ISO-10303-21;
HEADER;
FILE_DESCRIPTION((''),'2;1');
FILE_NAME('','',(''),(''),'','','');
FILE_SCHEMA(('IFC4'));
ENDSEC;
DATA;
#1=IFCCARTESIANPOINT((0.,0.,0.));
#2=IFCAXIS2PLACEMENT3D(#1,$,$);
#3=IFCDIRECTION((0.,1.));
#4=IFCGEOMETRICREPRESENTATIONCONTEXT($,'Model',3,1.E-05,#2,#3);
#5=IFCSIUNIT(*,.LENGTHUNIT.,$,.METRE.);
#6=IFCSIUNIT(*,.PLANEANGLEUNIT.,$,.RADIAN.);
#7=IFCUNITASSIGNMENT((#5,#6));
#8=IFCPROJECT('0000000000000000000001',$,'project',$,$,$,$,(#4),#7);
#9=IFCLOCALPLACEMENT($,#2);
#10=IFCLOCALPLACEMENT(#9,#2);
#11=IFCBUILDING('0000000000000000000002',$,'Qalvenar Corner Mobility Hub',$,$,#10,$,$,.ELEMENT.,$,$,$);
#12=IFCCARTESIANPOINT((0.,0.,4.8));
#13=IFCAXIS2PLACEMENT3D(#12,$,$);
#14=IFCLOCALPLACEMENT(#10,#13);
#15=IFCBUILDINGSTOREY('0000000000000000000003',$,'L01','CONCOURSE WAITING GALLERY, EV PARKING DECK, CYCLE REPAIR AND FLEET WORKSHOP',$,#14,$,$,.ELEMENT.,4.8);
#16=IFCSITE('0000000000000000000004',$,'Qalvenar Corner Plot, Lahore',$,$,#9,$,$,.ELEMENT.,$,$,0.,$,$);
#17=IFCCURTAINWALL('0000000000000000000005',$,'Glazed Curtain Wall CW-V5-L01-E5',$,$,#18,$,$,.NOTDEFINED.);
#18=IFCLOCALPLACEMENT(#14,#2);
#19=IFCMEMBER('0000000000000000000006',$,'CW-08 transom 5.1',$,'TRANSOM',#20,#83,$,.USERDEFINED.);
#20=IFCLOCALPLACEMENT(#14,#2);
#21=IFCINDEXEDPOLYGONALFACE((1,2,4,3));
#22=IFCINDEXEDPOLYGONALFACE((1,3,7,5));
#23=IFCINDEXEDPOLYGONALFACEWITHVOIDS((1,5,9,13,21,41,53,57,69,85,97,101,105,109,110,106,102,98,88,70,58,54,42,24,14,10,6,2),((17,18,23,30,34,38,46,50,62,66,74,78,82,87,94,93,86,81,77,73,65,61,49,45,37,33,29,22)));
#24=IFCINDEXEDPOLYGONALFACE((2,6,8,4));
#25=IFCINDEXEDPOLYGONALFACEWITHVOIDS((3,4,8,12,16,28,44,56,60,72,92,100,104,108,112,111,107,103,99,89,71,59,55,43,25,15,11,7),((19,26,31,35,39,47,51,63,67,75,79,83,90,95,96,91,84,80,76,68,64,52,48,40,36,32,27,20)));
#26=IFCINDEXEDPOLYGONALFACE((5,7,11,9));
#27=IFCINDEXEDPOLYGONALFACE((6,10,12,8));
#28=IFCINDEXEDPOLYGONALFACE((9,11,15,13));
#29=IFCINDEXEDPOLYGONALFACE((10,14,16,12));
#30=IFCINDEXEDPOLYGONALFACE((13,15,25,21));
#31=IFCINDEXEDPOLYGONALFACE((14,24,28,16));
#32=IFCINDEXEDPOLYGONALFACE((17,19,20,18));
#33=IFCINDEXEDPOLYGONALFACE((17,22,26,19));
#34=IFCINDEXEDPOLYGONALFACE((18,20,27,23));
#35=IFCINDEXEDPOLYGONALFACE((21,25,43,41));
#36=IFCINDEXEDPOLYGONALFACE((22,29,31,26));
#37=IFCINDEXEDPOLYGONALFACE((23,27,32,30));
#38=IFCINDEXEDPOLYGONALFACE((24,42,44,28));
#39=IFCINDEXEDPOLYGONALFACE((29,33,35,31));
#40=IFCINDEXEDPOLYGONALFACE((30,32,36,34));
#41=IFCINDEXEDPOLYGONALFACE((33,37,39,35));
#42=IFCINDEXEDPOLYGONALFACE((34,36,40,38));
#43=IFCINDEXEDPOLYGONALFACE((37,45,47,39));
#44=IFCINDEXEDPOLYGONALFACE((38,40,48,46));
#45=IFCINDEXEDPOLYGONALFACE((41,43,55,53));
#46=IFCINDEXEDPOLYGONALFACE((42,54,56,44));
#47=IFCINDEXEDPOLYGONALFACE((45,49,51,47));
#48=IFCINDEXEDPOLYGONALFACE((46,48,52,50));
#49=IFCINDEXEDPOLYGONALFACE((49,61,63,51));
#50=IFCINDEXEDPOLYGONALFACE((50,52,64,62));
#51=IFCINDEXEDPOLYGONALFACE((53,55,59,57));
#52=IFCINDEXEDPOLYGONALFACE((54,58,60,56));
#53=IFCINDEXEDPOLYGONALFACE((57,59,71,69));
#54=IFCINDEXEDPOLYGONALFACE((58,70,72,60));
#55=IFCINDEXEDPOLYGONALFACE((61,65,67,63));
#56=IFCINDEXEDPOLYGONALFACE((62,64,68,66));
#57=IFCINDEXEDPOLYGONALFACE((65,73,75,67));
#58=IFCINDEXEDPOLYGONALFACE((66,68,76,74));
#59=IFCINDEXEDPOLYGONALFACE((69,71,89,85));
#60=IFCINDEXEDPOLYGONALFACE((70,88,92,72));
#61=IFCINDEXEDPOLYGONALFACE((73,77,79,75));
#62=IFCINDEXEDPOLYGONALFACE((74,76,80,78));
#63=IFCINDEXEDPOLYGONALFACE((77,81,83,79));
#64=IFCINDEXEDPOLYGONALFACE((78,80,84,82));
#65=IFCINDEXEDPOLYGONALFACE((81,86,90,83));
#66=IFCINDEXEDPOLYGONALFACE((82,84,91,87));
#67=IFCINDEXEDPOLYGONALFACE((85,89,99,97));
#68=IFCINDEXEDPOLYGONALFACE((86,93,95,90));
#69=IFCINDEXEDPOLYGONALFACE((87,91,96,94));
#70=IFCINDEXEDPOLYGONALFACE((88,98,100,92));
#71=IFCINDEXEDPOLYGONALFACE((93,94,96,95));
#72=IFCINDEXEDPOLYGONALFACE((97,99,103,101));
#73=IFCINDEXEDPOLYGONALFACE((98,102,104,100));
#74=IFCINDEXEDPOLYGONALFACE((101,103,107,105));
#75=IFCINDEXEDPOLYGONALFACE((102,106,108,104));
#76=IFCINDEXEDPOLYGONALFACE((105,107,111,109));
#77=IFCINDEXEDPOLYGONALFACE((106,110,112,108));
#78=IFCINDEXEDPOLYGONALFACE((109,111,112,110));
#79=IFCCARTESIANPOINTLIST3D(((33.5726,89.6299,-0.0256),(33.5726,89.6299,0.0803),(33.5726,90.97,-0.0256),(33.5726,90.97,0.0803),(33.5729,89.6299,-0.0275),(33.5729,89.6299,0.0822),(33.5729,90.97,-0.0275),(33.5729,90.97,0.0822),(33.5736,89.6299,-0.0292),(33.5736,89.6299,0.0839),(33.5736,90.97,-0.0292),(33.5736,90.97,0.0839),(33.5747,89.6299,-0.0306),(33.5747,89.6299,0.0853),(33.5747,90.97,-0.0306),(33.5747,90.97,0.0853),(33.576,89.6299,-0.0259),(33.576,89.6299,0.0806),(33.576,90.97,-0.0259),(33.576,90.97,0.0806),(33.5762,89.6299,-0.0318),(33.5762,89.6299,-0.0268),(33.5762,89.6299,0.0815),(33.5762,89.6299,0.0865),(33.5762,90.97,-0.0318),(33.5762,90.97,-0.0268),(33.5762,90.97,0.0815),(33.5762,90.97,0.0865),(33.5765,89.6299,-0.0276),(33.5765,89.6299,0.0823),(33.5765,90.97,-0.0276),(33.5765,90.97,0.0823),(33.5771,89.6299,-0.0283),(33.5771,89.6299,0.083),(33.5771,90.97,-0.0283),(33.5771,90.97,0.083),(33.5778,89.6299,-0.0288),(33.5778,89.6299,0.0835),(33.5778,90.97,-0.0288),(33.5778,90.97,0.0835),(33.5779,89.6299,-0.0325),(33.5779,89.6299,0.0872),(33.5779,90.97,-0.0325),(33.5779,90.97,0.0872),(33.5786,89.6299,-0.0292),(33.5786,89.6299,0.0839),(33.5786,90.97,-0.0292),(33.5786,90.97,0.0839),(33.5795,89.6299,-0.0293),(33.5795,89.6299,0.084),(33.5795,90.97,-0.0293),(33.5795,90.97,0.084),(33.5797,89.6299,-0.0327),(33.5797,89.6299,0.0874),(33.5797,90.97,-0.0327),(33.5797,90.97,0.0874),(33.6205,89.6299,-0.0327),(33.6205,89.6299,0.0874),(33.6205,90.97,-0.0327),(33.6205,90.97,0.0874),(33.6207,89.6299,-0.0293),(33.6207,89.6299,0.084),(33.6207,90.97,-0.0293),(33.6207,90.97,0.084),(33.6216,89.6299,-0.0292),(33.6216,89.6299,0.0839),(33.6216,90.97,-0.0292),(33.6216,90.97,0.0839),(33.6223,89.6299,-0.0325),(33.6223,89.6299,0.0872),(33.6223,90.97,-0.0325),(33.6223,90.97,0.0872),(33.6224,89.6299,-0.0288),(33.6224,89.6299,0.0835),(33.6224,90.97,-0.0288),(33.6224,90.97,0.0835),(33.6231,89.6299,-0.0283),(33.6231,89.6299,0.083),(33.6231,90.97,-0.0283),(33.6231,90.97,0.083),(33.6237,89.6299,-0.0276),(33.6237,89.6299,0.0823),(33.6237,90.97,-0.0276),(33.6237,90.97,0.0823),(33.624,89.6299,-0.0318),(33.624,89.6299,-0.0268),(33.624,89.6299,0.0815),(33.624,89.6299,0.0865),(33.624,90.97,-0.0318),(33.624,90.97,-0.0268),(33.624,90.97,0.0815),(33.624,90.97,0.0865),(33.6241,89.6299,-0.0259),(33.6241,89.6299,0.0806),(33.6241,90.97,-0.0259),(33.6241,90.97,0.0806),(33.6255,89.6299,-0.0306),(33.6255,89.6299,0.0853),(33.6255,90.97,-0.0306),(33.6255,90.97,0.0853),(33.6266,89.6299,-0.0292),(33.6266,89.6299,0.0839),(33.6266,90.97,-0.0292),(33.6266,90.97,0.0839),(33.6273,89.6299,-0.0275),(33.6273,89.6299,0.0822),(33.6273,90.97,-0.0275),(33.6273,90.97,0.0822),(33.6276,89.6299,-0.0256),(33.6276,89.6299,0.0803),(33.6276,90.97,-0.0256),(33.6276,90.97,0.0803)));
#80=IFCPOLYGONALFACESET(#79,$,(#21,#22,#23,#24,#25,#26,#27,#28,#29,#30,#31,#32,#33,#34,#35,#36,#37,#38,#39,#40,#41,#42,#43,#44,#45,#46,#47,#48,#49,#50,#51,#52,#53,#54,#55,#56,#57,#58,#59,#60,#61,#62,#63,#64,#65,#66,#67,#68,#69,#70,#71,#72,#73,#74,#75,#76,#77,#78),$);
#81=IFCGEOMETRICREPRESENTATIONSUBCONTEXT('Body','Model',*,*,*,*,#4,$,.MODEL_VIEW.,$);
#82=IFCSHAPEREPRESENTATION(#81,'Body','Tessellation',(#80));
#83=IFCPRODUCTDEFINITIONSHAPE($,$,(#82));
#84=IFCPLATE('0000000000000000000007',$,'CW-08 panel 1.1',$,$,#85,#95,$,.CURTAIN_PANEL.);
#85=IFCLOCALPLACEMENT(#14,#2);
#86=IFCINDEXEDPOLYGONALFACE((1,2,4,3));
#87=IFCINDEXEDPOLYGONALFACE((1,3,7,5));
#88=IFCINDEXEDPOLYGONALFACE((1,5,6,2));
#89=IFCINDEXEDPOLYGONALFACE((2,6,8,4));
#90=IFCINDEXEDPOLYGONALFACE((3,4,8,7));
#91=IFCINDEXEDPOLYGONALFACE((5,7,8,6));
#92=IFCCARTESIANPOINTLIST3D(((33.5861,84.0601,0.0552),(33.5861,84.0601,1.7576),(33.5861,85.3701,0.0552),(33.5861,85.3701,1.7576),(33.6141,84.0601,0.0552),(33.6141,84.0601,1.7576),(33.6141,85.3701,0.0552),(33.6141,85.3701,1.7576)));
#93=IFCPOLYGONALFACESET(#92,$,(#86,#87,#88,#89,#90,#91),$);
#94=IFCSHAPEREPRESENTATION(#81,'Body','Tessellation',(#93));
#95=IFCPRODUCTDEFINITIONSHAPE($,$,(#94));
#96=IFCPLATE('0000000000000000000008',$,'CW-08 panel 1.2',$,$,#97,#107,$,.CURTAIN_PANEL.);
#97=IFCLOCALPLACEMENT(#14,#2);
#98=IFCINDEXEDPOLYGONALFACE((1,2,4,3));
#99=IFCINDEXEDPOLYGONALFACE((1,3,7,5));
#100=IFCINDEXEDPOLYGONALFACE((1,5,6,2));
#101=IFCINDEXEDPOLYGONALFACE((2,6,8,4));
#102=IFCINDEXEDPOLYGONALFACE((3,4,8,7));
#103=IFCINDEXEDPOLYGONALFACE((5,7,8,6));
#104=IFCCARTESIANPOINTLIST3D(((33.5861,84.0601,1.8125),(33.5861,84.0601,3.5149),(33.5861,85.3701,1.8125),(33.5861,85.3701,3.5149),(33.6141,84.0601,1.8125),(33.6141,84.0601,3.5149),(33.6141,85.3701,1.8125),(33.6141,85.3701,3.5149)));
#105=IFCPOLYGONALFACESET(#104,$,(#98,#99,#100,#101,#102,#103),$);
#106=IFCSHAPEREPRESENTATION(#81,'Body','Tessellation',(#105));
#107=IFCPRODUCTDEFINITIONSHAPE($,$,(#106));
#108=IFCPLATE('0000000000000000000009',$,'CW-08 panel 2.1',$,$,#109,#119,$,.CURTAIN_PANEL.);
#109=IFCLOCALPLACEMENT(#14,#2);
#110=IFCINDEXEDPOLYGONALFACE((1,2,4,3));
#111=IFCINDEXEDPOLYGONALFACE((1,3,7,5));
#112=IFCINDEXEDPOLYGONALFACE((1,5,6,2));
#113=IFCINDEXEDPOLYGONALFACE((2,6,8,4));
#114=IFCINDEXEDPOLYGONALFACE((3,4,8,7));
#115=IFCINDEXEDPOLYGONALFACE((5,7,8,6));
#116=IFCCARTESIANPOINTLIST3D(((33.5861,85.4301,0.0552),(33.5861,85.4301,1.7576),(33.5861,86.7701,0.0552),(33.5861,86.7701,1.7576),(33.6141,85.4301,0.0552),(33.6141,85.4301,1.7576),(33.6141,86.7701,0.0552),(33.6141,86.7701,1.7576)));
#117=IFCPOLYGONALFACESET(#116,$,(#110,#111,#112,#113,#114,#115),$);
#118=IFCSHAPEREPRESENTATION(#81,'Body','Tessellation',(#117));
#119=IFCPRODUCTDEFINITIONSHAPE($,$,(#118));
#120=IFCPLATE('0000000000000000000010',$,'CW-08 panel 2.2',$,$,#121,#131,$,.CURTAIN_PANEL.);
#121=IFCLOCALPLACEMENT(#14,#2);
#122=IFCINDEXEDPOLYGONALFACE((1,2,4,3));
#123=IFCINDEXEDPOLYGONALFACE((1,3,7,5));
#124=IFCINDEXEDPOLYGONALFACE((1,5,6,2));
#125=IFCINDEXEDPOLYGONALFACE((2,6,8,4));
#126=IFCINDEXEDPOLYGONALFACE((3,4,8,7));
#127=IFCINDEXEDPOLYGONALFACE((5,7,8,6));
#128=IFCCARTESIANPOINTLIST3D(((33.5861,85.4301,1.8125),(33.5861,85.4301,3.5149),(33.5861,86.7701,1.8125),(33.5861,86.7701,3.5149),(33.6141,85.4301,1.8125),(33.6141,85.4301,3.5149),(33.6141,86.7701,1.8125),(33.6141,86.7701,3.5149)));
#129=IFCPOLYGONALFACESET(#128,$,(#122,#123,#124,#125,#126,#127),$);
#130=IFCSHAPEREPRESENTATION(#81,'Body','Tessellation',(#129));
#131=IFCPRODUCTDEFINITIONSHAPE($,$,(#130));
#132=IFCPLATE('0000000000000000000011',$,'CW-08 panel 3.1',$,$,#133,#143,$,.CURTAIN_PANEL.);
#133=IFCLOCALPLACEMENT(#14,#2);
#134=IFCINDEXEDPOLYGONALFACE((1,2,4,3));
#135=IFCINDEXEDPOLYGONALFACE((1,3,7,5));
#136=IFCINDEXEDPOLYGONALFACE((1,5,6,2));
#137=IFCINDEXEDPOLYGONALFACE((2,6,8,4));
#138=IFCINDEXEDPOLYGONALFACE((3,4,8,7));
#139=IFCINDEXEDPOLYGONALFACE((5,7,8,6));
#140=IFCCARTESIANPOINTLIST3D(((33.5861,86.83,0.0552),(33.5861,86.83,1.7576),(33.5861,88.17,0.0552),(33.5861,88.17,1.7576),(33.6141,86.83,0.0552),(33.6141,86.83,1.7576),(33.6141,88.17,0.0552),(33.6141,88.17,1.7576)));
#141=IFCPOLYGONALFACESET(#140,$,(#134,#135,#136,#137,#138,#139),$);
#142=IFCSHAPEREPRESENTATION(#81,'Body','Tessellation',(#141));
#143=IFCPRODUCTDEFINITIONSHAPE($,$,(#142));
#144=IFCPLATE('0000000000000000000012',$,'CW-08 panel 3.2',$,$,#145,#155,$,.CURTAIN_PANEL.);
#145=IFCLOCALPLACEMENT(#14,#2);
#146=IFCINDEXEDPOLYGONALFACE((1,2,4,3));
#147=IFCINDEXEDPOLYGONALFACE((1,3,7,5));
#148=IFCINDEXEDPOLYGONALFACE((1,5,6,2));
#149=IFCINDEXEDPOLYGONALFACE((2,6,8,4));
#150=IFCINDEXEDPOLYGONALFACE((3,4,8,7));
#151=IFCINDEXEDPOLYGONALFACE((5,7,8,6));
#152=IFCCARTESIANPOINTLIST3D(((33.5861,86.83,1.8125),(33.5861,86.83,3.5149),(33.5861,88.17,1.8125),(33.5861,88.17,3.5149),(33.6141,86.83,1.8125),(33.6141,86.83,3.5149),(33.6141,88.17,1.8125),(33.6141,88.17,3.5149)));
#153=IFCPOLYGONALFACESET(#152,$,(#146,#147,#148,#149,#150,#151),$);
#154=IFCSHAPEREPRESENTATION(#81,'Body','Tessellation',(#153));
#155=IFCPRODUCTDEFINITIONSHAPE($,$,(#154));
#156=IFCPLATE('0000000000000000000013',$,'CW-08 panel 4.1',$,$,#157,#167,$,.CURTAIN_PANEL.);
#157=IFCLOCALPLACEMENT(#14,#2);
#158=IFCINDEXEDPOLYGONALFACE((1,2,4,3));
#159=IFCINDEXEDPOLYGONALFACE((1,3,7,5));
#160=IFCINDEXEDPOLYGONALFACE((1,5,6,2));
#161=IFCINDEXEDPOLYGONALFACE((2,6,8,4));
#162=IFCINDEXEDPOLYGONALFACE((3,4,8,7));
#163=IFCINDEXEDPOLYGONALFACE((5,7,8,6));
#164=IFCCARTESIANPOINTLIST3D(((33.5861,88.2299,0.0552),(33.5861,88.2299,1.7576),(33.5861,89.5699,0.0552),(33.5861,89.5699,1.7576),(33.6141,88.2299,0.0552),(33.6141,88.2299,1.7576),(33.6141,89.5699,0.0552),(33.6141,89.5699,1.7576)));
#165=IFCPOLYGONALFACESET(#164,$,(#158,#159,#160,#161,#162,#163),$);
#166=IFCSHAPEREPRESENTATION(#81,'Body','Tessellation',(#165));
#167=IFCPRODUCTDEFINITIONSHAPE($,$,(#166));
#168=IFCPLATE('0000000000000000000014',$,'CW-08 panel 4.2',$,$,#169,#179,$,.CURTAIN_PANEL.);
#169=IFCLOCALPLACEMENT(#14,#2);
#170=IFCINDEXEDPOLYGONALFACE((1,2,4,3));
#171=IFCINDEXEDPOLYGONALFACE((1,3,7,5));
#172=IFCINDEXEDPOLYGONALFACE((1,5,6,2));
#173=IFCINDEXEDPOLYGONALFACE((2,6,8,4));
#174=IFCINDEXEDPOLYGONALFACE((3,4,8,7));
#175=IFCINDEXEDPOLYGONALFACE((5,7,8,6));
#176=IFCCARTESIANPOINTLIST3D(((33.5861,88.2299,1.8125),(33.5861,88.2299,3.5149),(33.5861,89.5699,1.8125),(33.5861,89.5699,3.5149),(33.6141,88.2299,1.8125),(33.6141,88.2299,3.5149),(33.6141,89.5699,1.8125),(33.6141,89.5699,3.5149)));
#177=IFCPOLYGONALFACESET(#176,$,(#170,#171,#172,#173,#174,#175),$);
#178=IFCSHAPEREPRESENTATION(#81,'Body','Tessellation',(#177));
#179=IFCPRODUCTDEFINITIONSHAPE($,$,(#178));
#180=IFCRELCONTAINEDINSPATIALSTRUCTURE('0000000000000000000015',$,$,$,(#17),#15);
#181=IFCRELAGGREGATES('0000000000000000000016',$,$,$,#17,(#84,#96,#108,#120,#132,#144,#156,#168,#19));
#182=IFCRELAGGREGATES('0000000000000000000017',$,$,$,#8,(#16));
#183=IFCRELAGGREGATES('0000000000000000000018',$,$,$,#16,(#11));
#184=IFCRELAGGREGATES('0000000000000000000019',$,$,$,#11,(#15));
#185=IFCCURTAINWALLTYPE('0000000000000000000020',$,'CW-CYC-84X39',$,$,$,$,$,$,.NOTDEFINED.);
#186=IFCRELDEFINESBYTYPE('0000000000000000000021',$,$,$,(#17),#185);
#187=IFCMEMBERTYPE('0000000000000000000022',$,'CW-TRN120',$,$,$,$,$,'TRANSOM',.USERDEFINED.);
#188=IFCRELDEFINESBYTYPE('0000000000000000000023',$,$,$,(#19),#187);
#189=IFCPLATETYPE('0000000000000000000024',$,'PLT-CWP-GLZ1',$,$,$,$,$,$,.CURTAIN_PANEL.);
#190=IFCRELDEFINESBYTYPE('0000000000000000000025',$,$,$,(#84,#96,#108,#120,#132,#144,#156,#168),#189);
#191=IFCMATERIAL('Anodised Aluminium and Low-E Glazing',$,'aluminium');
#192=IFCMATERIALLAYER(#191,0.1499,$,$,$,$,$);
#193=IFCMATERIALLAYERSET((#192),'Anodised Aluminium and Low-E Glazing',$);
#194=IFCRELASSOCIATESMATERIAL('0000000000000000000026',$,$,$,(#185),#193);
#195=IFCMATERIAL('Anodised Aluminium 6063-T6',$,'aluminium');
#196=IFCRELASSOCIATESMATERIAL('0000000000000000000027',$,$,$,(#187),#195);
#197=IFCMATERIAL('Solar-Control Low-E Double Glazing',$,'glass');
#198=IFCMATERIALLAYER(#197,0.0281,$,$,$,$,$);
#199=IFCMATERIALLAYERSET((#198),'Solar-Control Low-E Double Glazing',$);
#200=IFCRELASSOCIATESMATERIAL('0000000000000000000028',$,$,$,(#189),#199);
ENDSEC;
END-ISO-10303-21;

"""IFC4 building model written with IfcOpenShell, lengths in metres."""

from ifc_helpers import new_model, si_unit, direction, frame, origin, origin_2d, place, context, subcontext, project, spatial, rectangle, hollow_rectangle, extrude, material, layer, layer_set, material_profile, profile_set, type_object, element, aggregate, save


model = new_model("IFC4")

# Units and contexts
model_context = context("Model", 3, precision=1e-05, world=origin(), true_north=direction((0.0, 1.0)))
body_context = subcontext(model_context, "Body", "Model", "MODEL_VIEW")
ifc_project = project(units=[si_unit("LENGTHUNIT", "METRE"), si_unit("PLANEANGLEUNIT", "RADIAN")], contexts=[model_context])

# Site, building, storey
site_placement = place(None, origin())
site = spatial("IfcSite", under=ifc_project, at=site_placement, Name="Qalvenar Corner Plot, Lahore", CompositionType="ELEMENT", RefElevation=0.0)
building_placement = place(site_placement, origin())
building = spatial("IfcBuilding", under=site, at=building_placement, Name="Qalvenar Corner Mobility Hub", CompositionType="ELEMENT")
storey_placement = place(building_placement, frame((0.0, 0.0, 4.8)))
storey = spatial("IfcBuildingStorey", under=building, at=storey_placement, Name="L01", Description="CONCOURSE WAITING GALLERY, EV PARKING DECK, CYCLE REPAIR AND FLEET WORKSHOP", CompositionType="ELEMENT", Elevation=4.8)

# Curtain wall, member, plates
ifc_material_1 = material(Name="Anodised Aluminium and Low-E Glazing", Category="aluminium")
ifc_layer_1 = layer(ifc_material_1, 0.1499)
ifc_layer_set_1 = layer_set([ifc_layer_1], Name="Anodised Aluminium and Low-E Glazing")
curtain_wall_type = type_object("IfcCurtainWallType", Name="CW-CYC-84X39", PredefinedType="NOTDEFINED", material=ifc_layer_set_1)
curtain_wall_placement = place(storey_placement, origin())
curtain_wall = element("IfcCurtainWall", 1, at=curtain_wall_placement, inside=storey, type_object=curtain_wall_type, Name="Glazed Curtain Wall CW-V5-L01-E5", PredefinedType="NOTDEFINED")
ifc_material_2 = material(Name="Anodised Aluminium 6063-T6", Category="aluminium")
ifc_material_profile_1 = material_profile(ifc_material_2, hollow_rectangle(XDim=0.0549, YDim=0.1201, WallThickness=0.0034, InnerFilletRadius=0.0034, OuterFilletRadius=0.0071, at=origin_2d()), Name="RHS120x55x3.5")
ifc_profile_set_1 = profile_set([ifc_material_profile_1], Name="Anodised Aluminium 6063-T6")
member_type_1 = type_object("IfcMemberType", Name="CW-TRN120", ElementType="TRANSOM", PredefinedType="USERDEFINED", material=ifc_profile_set_1)
member_1_placement = place(storey_placement, frame((33.6001, 89.6299, 0.0273), z_axis=(0.0, 1.0, 0.0), x_axis=(-1.0, 0.0, 0.0)))
member_1 = element("IfcMember", 2, at=member_1_placement, type_object=member_type_1, Name="CW-08 transom 5.1", ObjectType="TRANSOM", PredefinedType="USERDEFINED", context=body_context, shape_type="SweptSolid", body=[
    extrude(hollow_rectangle(XDim=0.0549, YDim=0.1201, WallThickness=0.0034, InnerFilletRadius=0.0034, OuterFilletRadius=0.0071, at=origin_2d()), origin(), (0.0, 0.0, 1.0), 1.3401),
])
ifc_material_3 = material(Name="Solar-Control Low-E Double Glazing", Category="glass")
ifc_layer_2 = layer(ifc_material_3, 0.0281)
ifc_layer_set_2 = layer_set([ifc_layer_2], Name="Solar-Control Low-E Double Glazing")
plate_type = type_object("IfcPlateType", Name="PLT-CWP-GLZ1", PredefinedType="CURTAIN_PANEL", material=ifc_layer_set_2)
plate_1_placement = place(storey_placement, frame((33.6001, 84.7151, 0.0552), z_axis=(0.0, 0.0, 1.0), x_axis=(0.0, 1.0, 0.0)))
plate_1 = element("IfcPlate", 3, at=plate_1_placement, type_object=plate_type, Name="CW-08 panel 1.1", PredefinedType="CURTAIN_PANEL", context=body_context, shape_type="SweptSolid", body=[
    extrude(rectangle(XDim=1.3101, YDim=0.0281, at=origin_2d()), origin(), (0.0, 0.0, 1.0), 1.7024),
])
plate_2_placement = place(storey_placement, frame((33.6001, 84.7151, 1.8125), z_axis=(0.0, 0.0, 1.0), x_axis=(0.0, 1.0, 0.0)))
plate_2 = element("IfcPlate", 4, at=plate_2_placement, type_object=plate_type, Name="CW-08 panel 1.2", PredefinedType="CURTAIN_PANEL", context=body_context, shape_type="SweptSolid", body=[
    extrude(rectangle(XDim=1.3101, YDim=0.0281, at=origin_2d()), origin(), (0.0, 0.0, 1.0), 1.7024),
])
plate_3_placement = place(storey_placement, frame((33.6001, 86.1001, 0.0552), z_axis=(0.0, 0.0, 1.0), x_axis=(0.0, 1.0, 0.0)))
plate_3 = element("IfcPlate", 5, at=plate_3_placement, type_object=plate_type, Name="CW-08 panel 2.1", PredefinedType="CURTAIN_PANEL", context=body_context, shape_type="SweptSolid", body=[
    extrude(rectangle(XDim=1.3401, YDim=0.0281, at=origin_2d()), origin(), (0.0, 0.0, 1.0), 1.7024),
])
plate_4_placement = place(storey_placement, frame((33.6001, 86.1001, 1.8125), z_axis=(0.0, 0.0, 1.0), x_axis=(0.0, 1.0, 0.0)))
plate_4 = element("IfcPlate", 6, at=plate_4_placement, type_object=plate_type, Name="CW-08 panel 2.2", PredefinedType="CURTAIN_PANEL", context=body_context, shape_type="SweptSolid", body=[
    extrude(rectangle(XDim=1.3401, YDim=0.0281, at=origin_2d()), origin(), (0.0, 0.0, 1.0), 1.7024),
])
plate_5_placement = place(storey_placement, frame((33.6001, 87.5, 0.0552), z_axis=(0.0, 0.0, 1.0), x_axis=(0.0, 1.0, 0.0)))
plate_5 = element("IfcPlate", 7, at=plate_5_placement, type_object=plate_type, Name="CW-08 panel 3.1", PredefinedType="CURTAIN_PANEL", context=body_context, shape_type="SweptSolid", body=[
    extrude(rectangle(XDim=1.3401, YDim=0.0281, at=origin_2d()), origin(), (0.0, 0.0, 1.0), 1.7024),
])
plate_6_placement = place(storey_placement, frame((33.6001, 87.5, 1.8125), z_axis=(0.0, 0.0, 1.0), x_axis=(0.0, 1.0, 0.0)))
plate_6 = element("IfcPlate", 8, at=plate_6_placement, type_object=plate_type, Name="CW-08 panel 3.2", PredefinedType="CURTAIN_PANEL", context=body_context, shape_type="SweptSolid", body=[
    extrude(rectangle(XDim=1.3401, YDim=0.0281, at=origin_2d()), origin(), (0.0, 0.0, 1.0), 1.7024),
])
plate_7_placement = place(storey_placement, frame((33.6001, 88.8999, 0.0552), z_axis=(0.0, 0.0, 1.0), x_axis=(0.0, 1.0, 0.0)))
plate_7 = element("IfcPlate", 9, at=plate_7_placement, type_object=plate_type, Name="CW-08 panel 4.1", PredefinedType="CURTAIN_PANEL", context=body_context, shape_type="SweptSolid", body=[
    extrude(rectangle(XDim=1.3401, YDim=0.0281, at=origin_2d()), origin(), (0.0, 0.0, 1.0), 1.7024),
])
plate_8_placement = place(storey_placement, frame((33.6001, 88.8999, 1.8125), z_axis=(0.0, 0.0, 1.0), x_axis=(0.0, 1.0, 0.0)))
plate_8 = element("IfcPlate", 10, at=plate_8_placement, type_object=plate_type, Name="CW-08 panel 4.2", PredefinedType="CURTAIN_PANEL", context=body_context, shape_type="SweptSolid", body=[
    extrude(rectangle(XDim=1.3401, YDim=0.0281, at=origin_2d()), origin(), (0.0, 0.0, 1.0), 1.7024),
])
aggregate(curtain_wall, [plate_1, plate_2, plate_3, plate_4, plate_5, plate_6, plate_7, plate_8, member_1])

save(model, "model.ifc")
